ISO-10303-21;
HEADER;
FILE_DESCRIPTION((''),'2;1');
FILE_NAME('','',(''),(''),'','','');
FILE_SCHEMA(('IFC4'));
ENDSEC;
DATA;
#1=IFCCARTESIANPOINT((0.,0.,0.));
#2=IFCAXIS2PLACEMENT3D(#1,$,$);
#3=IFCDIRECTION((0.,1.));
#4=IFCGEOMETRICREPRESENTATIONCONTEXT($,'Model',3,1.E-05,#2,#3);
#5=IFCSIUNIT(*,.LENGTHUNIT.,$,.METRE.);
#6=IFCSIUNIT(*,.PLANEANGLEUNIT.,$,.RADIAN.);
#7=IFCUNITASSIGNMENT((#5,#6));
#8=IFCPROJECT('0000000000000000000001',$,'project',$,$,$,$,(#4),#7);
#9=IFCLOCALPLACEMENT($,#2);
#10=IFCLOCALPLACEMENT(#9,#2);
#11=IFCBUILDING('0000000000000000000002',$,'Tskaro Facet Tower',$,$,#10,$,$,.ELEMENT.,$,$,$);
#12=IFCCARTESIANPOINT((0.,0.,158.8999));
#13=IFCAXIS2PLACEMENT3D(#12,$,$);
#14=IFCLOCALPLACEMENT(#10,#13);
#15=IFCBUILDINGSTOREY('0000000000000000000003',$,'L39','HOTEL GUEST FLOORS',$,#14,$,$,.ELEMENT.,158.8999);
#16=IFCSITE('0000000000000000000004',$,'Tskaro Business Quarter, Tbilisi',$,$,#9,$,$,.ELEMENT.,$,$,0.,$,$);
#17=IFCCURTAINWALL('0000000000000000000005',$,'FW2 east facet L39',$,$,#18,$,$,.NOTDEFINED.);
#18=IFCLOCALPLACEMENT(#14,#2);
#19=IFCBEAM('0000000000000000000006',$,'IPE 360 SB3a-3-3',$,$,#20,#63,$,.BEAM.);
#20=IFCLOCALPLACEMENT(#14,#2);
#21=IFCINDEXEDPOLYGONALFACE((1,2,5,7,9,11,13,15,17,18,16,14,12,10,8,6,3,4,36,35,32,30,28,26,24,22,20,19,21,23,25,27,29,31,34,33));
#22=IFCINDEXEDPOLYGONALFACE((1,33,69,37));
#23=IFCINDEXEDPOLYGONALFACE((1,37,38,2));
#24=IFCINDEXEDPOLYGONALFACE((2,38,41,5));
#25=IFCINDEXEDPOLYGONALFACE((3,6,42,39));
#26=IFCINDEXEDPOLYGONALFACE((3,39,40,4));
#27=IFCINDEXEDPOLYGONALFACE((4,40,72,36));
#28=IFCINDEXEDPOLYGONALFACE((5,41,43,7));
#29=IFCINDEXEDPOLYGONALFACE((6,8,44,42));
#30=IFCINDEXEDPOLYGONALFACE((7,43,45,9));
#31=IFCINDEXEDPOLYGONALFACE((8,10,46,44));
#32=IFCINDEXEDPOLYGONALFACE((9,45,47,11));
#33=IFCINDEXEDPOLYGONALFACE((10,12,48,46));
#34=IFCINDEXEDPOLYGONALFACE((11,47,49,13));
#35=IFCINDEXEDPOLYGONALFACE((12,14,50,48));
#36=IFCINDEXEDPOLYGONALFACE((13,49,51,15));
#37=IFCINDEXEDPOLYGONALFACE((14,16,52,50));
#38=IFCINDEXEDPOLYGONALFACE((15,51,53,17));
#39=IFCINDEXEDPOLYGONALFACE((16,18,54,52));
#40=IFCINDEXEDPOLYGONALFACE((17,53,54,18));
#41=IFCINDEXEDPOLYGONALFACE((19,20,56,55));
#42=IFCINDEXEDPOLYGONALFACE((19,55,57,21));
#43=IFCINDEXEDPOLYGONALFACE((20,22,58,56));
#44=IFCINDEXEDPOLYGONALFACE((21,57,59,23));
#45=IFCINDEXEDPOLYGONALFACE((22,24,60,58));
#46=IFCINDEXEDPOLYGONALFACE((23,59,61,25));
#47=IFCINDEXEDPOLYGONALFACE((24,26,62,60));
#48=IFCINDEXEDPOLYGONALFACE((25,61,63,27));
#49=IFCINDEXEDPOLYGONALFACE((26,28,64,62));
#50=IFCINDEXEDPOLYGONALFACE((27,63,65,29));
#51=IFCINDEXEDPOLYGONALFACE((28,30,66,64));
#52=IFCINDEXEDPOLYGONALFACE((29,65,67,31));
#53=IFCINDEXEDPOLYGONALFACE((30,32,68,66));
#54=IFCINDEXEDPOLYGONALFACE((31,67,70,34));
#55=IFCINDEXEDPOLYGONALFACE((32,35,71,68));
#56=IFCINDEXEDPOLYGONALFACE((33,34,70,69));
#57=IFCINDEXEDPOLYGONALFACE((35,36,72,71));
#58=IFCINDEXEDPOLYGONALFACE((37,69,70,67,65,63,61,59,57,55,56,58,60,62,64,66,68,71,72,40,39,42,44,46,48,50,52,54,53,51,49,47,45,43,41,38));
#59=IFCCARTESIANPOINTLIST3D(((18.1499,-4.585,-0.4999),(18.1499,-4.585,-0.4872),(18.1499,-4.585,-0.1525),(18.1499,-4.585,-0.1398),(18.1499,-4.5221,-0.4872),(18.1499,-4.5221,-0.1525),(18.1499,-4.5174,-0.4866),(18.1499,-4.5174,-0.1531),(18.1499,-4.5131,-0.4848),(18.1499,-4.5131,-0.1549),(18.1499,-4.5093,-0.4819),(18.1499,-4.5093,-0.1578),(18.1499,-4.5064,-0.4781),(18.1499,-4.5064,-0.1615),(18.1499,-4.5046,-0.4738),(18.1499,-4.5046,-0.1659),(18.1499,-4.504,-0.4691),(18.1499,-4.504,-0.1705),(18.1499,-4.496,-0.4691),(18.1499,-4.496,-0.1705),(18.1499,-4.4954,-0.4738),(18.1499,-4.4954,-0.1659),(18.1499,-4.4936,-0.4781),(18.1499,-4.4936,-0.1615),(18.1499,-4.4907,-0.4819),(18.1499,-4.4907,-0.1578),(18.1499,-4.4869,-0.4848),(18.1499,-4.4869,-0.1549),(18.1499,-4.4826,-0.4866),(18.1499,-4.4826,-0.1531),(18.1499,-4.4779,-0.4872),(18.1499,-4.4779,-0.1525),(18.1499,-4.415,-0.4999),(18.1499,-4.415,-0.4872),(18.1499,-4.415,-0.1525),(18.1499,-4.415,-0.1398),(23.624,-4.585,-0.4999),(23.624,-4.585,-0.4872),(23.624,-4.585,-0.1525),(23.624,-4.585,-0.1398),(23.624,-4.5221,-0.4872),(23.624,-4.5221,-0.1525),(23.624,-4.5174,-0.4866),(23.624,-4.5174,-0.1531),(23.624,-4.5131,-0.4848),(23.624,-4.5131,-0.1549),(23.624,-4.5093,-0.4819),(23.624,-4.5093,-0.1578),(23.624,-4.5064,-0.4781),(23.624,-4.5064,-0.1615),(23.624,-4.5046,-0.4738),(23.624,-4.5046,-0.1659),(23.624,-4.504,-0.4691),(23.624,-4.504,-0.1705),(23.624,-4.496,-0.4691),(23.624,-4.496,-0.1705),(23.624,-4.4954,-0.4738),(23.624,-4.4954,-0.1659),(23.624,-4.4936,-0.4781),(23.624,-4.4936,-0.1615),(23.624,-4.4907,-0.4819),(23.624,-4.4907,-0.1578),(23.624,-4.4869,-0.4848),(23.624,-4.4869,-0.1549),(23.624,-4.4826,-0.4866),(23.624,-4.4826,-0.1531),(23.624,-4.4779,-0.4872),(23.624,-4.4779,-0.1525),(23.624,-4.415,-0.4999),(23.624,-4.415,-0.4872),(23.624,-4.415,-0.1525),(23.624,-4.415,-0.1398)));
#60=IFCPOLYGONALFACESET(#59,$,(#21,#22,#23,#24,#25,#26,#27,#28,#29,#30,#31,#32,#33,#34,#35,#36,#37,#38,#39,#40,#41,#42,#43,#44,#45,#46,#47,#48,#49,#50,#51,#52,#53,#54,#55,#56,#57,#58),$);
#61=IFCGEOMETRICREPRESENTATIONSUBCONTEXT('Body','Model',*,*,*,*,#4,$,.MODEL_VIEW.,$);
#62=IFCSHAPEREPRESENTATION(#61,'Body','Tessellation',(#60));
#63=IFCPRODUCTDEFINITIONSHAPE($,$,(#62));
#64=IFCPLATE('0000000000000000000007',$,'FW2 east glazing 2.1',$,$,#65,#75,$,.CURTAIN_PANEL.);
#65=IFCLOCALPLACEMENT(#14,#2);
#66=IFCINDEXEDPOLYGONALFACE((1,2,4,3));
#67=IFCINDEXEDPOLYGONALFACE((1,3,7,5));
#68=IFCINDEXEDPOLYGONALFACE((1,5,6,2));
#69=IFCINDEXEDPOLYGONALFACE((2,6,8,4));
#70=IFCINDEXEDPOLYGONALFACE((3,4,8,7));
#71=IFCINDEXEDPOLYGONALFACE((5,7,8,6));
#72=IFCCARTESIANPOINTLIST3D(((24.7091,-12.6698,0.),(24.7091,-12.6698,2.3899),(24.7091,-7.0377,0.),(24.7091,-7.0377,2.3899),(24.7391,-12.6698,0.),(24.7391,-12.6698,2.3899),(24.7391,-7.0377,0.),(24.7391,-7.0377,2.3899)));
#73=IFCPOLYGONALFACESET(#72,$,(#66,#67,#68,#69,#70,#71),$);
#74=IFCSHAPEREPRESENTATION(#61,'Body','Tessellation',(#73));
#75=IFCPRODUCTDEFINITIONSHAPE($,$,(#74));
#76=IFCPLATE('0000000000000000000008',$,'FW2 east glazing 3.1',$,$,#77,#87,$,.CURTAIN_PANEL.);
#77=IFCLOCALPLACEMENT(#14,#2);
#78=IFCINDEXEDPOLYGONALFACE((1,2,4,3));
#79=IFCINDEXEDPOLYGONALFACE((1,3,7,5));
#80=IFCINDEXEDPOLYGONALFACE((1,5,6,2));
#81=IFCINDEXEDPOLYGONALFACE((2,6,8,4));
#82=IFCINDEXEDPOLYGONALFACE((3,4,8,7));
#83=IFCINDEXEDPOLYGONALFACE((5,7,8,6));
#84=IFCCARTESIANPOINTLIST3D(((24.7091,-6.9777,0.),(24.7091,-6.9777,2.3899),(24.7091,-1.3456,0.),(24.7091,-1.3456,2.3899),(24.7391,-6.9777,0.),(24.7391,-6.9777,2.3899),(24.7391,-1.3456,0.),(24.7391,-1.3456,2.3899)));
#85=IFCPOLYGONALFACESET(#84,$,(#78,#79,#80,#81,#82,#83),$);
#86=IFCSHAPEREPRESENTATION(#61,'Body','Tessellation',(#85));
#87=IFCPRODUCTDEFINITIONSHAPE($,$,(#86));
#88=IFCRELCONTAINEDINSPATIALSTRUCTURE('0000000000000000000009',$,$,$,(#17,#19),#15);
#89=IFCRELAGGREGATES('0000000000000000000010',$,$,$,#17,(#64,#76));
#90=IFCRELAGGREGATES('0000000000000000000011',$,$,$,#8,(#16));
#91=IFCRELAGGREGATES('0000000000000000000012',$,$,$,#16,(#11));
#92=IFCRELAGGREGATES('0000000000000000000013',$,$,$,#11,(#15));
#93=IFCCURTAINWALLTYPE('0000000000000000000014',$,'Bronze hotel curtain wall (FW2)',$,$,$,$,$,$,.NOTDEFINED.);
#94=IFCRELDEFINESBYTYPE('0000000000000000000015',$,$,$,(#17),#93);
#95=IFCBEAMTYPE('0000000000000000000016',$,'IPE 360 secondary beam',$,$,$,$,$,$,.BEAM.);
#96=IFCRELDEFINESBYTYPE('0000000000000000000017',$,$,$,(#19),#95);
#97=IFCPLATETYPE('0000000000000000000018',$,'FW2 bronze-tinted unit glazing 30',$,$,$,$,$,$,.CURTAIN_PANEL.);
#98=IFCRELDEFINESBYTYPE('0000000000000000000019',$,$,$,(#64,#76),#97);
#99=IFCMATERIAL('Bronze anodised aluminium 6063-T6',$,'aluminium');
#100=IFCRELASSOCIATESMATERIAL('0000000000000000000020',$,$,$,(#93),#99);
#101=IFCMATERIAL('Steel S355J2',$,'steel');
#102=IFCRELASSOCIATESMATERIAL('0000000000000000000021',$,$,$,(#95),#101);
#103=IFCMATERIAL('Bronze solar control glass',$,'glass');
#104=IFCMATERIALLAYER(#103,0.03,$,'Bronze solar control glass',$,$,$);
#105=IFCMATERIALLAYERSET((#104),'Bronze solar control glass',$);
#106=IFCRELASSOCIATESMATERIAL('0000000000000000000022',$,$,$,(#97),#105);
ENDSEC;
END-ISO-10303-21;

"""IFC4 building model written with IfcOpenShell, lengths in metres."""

from ifc_helpers import new_model, si_unit, direction, frame, origin, origin_2d, place, context, subcontext, project, spatial, rectangle, i_section, extrude, material, layer, layer_set, material_profile, profile_set, type_object, element, aggregate, save


model = new_model("IFC4")

# Units and contexts
model_context = context("Model", 3, precision=1e-05, world=origin(), true_north=direction((0.0, 1.0)))
body_context = subcontext(model_context, "Body", "Model", "MODEL_VIEW")
ifc_project = project(units=[si_unit("LENGTHUNIT", "METRE"), si_unit("PLANEANGLEUNIT", "RADIAN")], contexts=[model_context])

# Site, building, storey
site_placement = place(None, origin())
site = spatial("IfcSite", under=ifc_project, at=site_placement, Name="Tskaro Business Quarter, Tbilisi", CompositionType="ELEMENT", RefElevation=0.0)
building_placement = place(site_placement, origin())
building = spatial("IfcBuilding", under=site, at=building_placement, Name="Tskaro Facet Tower", CompositionType="ELEMENT")
storey_placement = place(building_placement, frame((0.0, 0.0, 158.8999)))
storey = spatial("IfcBuildingStorey", under=building, at=storey_placement, Name="L39", Description="HOTEL GUEST FLOORS", CompositionType="ELEMENT", Elevation=158.8999)

# Curtain wall
ifc_material_1 = material(Name="Bronze anodised aluminium 6063-T6", Category="aluminium")
curtain_wall_type = type_object("IfcCurtainWallType", Name="Bronze hotel curtain wall (FW2)", PredefinedType="NOTDEFINED", material=ifc_material_1)
curtain_wall_placement = place(storey_placement, origin())
curtain_wall = element("IfcCurtainWall", 1, at=curtain_wall_placement, inside=storey, type_object=curtain_wall_type, Name="FW2 east facet L39", PredefinedType="NOTDEFINED")

# Beam
ifc_material_2 = material(Name="Steel S355J2", Category="steel")
ifc_material_profile_1 = material_profile(ifc_material_2, i_section(OverallWidth=0.1699, OverallDepth=0.3601, WebThickness=0.0081, FlangeThickness=0.0127, FilletRadius=0.0181, at=origin_2d()), Name="IPE 360")
ifc_profile_set_1 = profile_set([ifc_material_profile_1], Name="Steel S355J2")
beam_type_1 = type_object("IfcBeamType", Name="IPE 360 secondary beam", PredefinedType="BEAM", material=ifc_profile_set_1)
for number, where, z_axis, x_axis, name in (
    (2, (18.1499, -4.5, -0.3198), (1.0, 0.0, 0.0), (0.0, 1.0, 0.0), "IPE 360 SB3a-3-3"),
):
    element("IfcBeam", number, at=place(storey_placement, frame(where, z_axis=z_axis, x_axis=x_axis)), inside=storey, type_object=beam_type_1, Name=name, PredefinedType="BEAM", context=body_context, shape_type="SweptSolid", body=[
        extrude(i_section(OverallWidth=0.1699, OverallDepth=0.3601, WebThickness=0.0081, FlangeThickness=0.0127, FilletRadius=0.0181, at=origin_2d()), origin(), (0.0, 0.0, 1.0), 5.4741),
    ])

# Plates
ifc_material_3 = material(Name="Bronze solar control glass", Category="glass")
ifc_layer_1 = layer(ifc_material_3, 0.03, Name="Bronze solar control glass")
ifc_layer_set_1 = layer_set([ifc_layer_1], Name="Bronze solar control glass")
plate_type = type_object("IfcPlateType", Name="FW2 bronze-tinted unit glazing 30", PredefinedType="CURTAIN_PANEL", material=ifc_layer_set_1)
plate_1_placement = place(storey_placement, frame((24.7241, -9.8538, 0.0), z_axis=(0.0, 0.0, 1.0), x_axis=(0.0, 1.0, 0.0)))
plate_1 = element("IfcPlate", 3, at=plate_1_placement, type_object=plate_type, Name="FW2 east glazing 2.1", PredefinedType="CURTAIN_PANEL", context=body_context, shape_type="SweptSolid", body=[
    extrude(rectangle(XDim=5.6321, YDim=0.03, at=origin_2d()), origin(), (0.0, 0.0, 1.0), 2.3899),
])
plate_2_placement = place(storey_placement, frame((24.7241, -4.1616, 0.0), z_axis=(0.0, 0.0, 1.0), x_axis=(0.0, 1.0, 0.0)))
plate_2 = element("IfcPlate", 4, at=plate_2_placement, type_object=plate_type, Name="FW2 east glazing 3.1", PredefinedType="CURTAIN_PANEL", context=body_context, shape_type="SweptSolid", body=[
    extrude(rectangle(XDim=5.6321, YDim=0.03, at=origin_2d()), origin(), (0.0, 0.0, 1.0), 2.3899),
])
aggregate(curtain_wall, [plate_1, plate_2])

save(model, "model.ifc")
